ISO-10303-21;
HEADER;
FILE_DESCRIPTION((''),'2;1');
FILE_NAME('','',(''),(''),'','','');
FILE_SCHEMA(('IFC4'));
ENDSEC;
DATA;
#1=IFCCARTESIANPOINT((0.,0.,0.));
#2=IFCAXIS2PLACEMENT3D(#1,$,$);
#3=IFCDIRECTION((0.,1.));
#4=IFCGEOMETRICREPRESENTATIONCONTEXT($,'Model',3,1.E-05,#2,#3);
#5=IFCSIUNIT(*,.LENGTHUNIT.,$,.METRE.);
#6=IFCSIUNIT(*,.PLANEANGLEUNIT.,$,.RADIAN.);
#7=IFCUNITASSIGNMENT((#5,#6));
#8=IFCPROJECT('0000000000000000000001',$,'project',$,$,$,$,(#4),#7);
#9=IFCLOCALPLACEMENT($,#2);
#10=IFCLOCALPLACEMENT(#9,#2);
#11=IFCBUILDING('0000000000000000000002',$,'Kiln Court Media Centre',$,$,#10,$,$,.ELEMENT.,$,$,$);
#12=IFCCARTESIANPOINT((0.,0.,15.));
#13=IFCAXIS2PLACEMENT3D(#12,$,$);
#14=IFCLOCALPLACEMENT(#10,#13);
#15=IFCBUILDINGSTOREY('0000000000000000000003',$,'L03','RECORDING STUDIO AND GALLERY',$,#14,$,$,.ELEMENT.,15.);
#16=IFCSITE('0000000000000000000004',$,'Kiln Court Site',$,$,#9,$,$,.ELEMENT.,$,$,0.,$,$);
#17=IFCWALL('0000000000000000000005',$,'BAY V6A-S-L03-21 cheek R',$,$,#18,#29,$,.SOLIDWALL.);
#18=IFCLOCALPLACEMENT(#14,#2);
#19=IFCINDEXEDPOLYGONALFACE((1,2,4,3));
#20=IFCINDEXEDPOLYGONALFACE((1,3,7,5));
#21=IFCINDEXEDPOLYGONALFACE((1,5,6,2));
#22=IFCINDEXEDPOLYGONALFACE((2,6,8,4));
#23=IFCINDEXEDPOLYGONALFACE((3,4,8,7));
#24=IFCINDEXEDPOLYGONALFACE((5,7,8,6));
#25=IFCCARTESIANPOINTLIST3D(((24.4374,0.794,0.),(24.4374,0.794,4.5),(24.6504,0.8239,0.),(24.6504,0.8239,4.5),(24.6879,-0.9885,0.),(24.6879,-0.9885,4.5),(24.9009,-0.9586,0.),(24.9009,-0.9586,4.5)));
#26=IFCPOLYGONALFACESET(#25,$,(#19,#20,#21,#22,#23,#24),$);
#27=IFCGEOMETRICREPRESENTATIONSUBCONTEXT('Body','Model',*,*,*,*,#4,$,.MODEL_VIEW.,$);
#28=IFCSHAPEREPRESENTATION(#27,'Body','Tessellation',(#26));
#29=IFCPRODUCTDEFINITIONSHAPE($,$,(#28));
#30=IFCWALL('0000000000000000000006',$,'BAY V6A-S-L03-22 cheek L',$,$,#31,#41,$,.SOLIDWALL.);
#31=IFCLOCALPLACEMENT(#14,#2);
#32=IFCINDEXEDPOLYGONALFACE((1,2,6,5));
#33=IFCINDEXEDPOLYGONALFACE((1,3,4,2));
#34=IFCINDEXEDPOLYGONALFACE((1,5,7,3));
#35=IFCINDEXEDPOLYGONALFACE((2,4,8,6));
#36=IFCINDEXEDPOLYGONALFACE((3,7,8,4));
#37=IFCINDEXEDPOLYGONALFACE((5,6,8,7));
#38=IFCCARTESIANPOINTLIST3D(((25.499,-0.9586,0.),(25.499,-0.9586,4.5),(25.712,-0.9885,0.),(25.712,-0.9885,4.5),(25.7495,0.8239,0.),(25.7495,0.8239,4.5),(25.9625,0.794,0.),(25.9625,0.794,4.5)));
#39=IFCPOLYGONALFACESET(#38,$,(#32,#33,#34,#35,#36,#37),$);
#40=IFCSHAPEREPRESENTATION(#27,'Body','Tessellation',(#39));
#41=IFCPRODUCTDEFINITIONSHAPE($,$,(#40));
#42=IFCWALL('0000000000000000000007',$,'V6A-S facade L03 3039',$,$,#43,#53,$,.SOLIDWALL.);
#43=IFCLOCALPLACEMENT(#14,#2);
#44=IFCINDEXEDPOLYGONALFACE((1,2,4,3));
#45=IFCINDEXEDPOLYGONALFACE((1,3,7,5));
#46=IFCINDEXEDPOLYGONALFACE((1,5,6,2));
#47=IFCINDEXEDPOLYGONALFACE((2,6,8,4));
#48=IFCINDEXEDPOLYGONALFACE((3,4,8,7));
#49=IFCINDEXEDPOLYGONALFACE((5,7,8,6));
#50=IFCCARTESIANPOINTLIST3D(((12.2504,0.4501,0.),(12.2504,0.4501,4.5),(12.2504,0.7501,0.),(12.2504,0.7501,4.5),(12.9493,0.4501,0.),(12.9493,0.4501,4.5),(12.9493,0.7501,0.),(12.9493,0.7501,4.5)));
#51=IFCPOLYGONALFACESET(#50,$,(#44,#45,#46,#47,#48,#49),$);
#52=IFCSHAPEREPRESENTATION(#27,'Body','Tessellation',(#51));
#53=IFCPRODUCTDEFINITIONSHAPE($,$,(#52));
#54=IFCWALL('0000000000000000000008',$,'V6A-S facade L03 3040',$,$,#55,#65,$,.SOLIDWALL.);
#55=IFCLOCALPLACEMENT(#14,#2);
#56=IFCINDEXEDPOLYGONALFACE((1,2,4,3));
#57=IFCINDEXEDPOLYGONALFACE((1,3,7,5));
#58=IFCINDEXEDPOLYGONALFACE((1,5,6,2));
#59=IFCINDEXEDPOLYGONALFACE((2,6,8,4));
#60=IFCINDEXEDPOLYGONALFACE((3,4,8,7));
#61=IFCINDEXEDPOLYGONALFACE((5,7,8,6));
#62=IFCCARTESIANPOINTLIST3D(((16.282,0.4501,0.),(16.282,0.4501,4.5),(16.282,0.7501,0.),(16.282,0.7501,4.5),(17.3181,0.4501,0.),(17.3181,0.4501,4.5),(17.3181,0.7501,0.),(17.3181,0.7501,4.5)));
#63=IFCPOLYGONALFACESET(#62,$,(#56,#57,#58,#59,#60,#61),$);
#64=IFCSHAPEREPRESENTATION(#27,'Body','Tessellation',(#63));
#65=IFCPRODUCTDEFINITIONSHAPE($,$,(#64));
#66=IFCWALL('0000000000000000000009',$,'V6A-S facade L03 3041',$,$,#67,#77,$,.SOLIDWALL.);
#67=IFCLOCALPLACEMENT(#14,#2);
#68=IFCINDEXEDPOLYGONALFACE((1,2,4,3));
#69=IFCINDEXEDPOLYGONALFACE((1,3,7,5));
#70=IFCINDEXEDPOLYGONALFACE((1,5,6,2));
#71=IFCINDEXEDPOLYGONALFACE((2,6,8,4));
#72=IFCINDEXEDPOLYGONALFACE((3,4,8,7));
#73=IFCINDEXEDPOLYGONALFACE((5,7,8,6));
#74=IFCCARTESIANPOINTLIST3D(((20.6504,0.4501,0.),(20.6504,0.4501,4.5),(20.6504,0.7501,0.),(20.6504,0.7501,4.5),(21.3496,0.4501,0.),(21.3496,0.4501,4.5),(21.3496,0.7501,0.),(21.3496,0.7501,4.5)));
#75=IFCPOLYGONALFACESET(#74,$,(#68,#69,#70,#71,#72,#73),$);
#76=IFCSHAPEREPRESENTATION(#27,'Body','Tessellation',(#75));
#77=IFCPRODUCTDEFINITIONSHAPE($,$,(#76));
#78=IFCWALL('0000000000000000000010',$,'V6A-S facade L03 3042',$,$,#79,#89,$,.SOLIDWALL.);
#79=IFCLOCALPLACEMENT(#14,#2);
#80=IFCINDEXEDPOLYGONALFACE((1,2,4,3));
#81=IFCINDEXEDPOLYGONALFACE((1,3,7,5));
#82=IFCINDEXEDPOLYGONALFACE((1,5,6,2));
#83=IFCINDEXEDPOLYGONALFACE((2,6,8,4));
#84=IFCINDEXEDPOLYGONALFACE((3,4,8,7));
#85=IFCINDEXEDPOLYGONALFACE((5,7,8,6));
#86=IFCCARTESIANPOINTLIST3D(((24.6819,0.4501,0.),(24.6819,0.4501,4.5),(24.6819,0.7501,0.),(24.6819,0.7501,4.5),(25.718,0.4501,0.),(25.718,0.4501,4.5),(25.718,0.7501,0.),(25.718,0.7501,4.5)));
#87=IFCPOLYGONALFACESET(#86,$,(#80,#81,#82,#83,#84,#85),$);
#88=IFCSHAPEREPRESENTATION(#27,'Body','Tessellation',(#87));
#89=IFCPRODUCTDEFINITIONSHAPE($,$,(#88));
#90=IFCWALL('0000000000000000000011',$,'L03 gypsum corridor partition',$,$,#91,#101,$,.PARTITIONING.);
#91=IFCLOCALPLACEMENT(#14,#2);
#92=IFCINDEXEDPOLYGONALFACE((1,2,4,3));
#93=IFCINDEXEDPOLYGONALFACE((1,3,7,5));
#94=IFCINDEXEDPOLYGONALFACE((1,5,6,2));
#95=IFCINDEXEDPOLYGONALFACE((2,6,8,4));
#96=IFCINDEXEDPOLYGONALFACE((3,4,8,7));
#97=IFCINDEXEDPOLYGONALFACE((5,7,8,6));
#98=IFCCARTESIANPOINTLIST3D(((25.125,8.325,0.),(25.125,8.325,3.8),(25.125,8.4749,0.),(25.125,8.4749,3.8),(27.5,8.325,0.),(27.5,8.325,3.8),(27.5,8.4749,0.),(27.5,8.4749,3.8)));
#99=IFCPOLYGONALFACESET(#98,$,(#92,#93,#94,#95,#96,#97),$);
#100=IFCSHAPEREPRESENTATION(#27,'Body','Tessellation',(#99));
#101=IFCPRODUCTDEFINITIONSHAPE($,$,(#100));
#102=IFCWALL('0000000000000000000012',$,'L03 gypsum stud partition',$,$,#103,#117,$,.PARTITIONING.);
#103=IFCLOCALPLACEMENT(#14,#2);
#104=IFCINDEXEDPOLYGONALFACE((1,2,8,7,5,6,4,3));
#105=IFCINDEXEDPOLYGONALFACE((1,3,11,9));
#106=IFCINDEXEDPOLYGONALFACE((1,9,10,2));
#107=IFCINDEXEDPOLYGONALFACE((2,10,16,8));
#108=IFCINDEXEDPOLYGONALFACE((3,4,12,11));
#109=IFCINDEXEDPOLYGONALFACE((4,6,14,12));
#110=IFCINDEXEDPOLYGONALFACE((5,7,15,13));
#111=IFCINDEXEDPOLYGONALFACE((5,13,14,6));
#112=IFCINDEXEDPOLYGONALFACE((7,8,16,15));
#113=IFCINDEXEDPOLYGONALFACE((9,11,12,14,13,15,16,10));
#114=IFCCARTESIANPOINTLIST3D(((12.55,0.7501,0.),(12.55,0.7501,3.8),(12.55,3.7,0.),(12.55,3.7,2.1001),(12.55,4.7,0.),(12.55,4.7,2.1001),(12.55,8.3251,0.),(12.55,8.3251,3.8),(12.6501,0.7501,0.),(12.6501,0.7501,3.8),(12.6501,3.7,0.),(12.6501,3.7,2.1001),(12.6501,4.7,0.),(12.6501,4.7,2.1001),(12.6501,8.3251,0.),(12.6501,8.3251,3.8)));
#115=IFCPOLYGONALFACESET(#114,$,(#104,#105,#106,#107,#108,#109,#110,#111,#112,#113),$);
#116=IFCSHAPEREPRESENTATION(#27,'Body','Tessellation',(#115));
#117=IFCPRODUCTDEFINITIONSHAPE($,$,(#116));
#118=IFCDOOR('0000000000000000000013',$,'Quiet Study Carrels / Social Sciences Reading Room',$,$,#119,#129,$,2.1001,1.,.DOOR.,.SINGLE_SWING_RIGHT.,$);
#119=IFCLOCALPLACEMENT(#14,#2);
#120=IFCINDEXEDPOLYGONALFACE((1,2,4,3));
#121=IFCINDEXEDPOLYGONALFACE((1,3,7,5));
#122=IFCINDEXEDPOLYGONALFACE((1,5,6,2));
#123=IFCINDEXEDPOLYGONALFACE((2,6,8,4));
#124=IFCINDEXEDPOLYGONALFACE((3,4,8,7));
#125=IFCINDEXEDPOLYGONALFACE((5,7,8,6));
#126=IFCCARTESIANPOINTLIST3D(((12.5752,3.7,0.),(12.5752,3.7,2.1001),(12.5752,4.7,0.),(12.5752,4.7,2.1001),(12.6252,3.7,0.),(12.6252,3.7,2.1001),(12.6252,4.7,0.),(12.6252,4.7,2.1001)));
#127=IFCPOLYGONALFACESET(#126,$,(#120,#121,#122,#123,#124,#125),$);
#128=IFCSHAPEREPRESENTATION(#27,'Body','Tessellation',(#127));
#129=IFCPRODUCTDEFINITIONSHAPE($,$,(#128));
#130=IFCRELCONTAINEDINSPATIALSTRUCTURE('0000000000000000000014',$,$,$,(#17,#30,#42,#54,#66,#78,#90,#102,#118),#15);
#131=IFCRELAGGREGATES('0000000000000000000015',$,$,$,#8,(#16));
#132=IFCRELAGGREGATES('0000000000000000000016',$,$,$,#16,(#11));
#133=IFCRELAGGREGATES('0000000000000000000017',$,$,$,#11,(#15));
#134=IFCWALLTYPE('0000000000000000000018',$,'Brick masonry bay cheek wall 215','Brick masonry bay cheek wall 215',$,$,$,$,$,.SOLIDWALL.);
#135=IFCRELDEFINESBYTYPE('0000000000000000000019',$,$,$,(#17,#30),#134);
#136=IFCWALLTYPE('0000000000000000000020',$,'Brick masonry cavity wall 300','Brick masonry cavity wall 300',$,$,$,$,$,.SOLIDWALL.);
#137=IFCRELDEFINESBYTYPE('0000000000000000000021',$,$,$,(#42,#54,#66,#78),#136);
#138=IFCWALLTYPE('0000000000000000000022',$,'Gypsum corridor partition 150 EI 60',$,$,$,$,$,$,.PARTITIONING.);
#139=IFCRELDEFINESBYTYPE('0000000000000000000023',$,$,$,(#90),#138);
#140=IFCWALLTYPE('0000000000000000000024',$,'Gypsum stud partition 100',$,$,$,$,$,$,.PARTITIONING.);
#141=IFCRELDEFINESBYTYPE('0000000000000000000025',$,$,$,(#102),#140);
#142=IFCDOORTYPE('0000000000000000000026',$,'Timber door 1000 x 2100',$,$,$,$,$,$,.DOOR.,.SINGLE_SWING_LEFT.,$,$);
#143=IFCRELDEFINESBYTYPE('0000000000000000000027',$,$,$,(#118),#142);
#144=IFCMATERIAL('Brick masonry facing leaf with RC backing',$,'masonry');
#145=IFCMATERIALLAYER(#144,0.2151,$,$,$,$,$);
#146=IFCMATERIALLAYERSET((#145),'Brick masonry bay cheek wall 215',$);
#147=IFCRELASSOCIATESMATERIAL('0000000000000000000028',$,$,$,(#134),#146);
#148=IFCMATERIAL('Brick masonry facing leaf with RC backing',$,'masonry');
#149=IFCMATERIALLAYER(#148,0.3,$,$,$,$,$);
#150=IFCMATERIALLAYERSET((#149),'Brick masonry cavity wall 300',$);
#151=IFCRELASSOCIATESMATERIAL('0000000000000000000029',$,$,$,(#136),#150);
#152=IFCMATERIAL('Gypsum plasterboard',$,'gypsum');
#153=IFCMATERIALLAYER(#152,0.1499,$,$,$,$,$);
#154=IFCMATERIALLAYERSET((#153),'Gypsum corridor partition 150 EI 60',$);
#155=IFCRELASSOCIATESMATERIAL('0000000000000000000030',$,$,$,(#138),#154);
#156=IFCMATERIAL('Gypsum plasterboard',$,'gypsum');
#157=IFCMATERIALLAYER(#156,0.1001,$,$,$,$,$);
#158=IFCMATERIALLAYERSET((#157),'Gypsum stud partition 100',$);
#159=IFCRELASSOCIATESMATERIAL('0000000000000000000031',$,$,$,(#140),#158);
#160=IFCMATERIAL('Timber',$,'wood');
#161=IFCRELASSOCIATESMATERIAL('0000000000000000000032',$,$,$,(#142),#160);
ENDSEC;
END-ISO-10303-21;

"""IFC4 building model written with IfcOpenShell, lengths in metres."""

from ifc_helpers import new_model, si_unit, direction, frame, frame_2d, origin, place, context, subcontext, project, spatial, rectangle, extrude, material, layer, layer_set, type_object, element, fill, save


model = new_model("IFC4")

# Units and contexts
model_context = context("Model", 3, precision=1e-05, world=origin(), true_north=direction((0.0, 1.0)))
body_context = subcontext(model_context, "Body", "Model", "MODEL_VIEW")
ifc_project = project(units=[si_unit("LENGTHUNIT", "METRE"), si_unit("PLANEANGLEUNIT", "RADIAN")], contexts=[model_context])

# Site, building, storey
site_placement = place(None, origin())
site = spatial("IfcSite", under=ifc_project, at=site_placement, Name="Kiln Court Site", CompositionType="ELEMENT", RefElevation=0.0)
building_placement = place(site_placement, origin())
building = spatial("IfcBuilding", under=site, at=building_placement, Name="Kiln Court Media Centre", CompositionType="ELEMENT")
storey_placement = place(building_placement, frame((0.0, 0.0, 15.0)))
storey = spatial("IfcBuildingStorey", under=building, at=storey_placement, Name="L03", Description="RECORDING STUDIO AND GALLERY", CompositionType="ELEMENT", Elevation=15.0)

# Walls
ifc_material_1 = material(Name="Brick masonry facing leaf with RC backing", Category="masonry")
ifc_layer_1 = layer(ifc_material_1, 0.2151)
ifc_layer_set_1 = layer_set([ifc_layer_1], Name="Brick masonry bay cheek wall 215")
wall_type_1 = type_object("IfcWallType", Name="Brick masonry bay cheek wall 215", Description="Brick masonry bay cheek wall 215", PredefinedType="SOLIDWALL", material=ifc_layer_set_1)
for number, where, z_axis, x_axis, name in (
    (1, (24.5439, 0.8088, 0.0), (0.0, 0.0, 1.0), (0.139161, -0.99027, 0.0), "BAY V6A-S-L03-21 cheek R"),
    (2, (25.856, 0.8088, 0.0), (0.0, 0.0, 1.0), (-0.139161, -0.99027, 0.0), "BAY V6A-S-L03-22 cheek L"),
):
    element("IfcWall", number, at=place(storey_placement, frame(where, z_axis=z_axis, x_axis=x_axis)), inside=storey, type_object=wall_type_1, Name=name, PredefinedType="SOLIDWALL", context=body_context, shape_type="SweptSolid", body=[
        extrude(rectangle(XDim=1.8, YDim=0.2151, at=frame_2d((0.8999, 0.0))), origin(), (0.0, 0.0, 1.0), 4.5),
    ])
ifc_material_2 = material(Name="Brick masonry facing leaf with RC backing", Category="masonry")
ifc_layer_2 = layer(ifc_material_2, 0.3)
ifc_layer_set_2 = layer_set([ifc_layer_2], Name="Brick masonry cavity wall 300")
wall_type_2 = type_object("IfcWallType", Name="Brick masonry cavity wall 300", Description="Brick masonry cavity wall 300", PredefinedType="SOLIDWALL", material=ifc_layer_set_2)
wall_1_placement = place(storey_placement, frame((12.9495, 0.6001, 0.0), z_axis=(0.0, 0.0, 1.0), x_axis=(-1.0, 0.0, 0.0)))
element("IfcWall", 3, at=wall_1_placement, inside=storey, type_object=wall_type_2, Name="V6A-S facade L03 3039", PredefinedType="SOLIDWALL", context=body_context, shape_type="SweptSolid", body=[
    extrude(rectangle(XDim=0.699, YDim=0.3, at=frame_2d((0.3496, 0.0))), origin(), (0.0, 0.0, 1.0), 4.5),
])
wall_2_placement = place(storey_placement, frame((17.3181, 0.6001, 0.0), z_axis=(0.0, 0.0, 1.0), x_axis=(-1.0, 0.0, 0.0)))
element("IfcWall", 4, at=wall_2_placement, inside=storey, type_object=wall_type_2, Name="V6A-S facade L03 3040", PredefinedType="SOLIDWALL", context=body_context, shape_type="SweptSolid", body=[
    extrude(rectangle(XDim=1.0361, YDim=0.3, at=frame_2d((0.5181, 0.0))), origin(), (0.0, 0.0, 1.0), 4.5),
])
wall_3_placement = place(storey_placement, frame((21.3496, 0.6001, 0.0), z_axis=(0.0, 0.0, 1.0), x_axis=(-1.0, 0.0, 0.0)))
element("IfcWall", 5, at=wall_3_placement, inside=storey, type_object=wall_type_2, Name="V6A-S facade L03 3041", PredefinedType="SOLIDWALL", context=body_context, shape_type="SweptSolid", body=[
    extrude(rectangle(XDim=0.6992, YDim=0.3, at=frame_2d((0.3496, 0.0))), origin(), (0.0, 0.0, 1.0), 4.5),
])
wall_4_placement = place(storey_placement, frame((25.718, 0.6001, 0.0), z_axis=(0.0, 0.0, 1.0), x_axis=(-1.0, 0.0, 0.0)))
element("IfcWall", 6, at=wall_4_placement, inside=storey, type_object=wall_type_2, Name="V6A-S facade L03 3042", PredefinedType="SOLIDWALL", context=body_context, shape_type="SweptSolid", body=[
    extrude(rectangle(XDim=1.0361, YDim=0.3, at=frame_2d((0.5181, 0.0))), origin(), (0.0, 0.0, 1.0), 4.5),
])
ifc_material_3 = material(Name="Gypsum plasterboard", Category="gypsum")
ifc_layer_3 = layer(ifc_material_3, 0.1499)
ifc_layer_set_3 = layer_set([ifc_layer_3], Name="Gypsum corridor partition 150 EI 60")
wall_type_3 = type_object("IfcWallType", Name="Gypsum corridor partition 150 EI 60", PredefinedType="PARTITIONING", material=ifc_layer_set_3)
wall_5_placement = place(storey_placement, frame((25.125, 8.3999, 0.0), z_axis=(0.0, 0.0, 1.0), x_axis=(1.0, 0.0, 0.0)))
element("IfcWall", 7, at=wall_5_placement, inside=storey, type_object=wall_type_3, Name="L03 gypsum corridor partition", PredefinedType="PARTITIONING", context=body_context, shape_type="SweptSolid", body=[
    extrude(rectangle(XDim=2.375, YDim=0.1499, at=frame_2d((1.1875, 0.0))), origin(), (0.0, 0.0, 1.0), 3.8),
])

# Wall, opening, door
ifc_material_4 = material(Name="Gypsum plasterboard", Category="gypsum")
ifc_layer_4 = layer(ifc_material_4, 0.1001)
ifc_layer_set_4 = layer_set([ifc_layer_4], Name="Gypsum stud partition 100")
wall_type_4 = type_object("IfcWallType", Name="Gypsum stud partition 100", PredefinedType="PARTITIONING", material=ifc_layer_set_4)
wall_6_placement = place(storey_placement, frame((12.6001, 0.75, 0.0), z_axis=(0.0, 0.0, 1.0), x_axis=(0.0, 1.0, 0.0)))
wall_6 = element("IfcWall", 8, at=wall_6_placement, inside=storey, type_object=wall_type_4, Name="L03 gypsum stud partition", PredefinedType="PARTITIONING", context=body_context, shape_type="SweptSolid", body=[
    extrude(rectangle(XDim=7.575, YDim=0.1001, at=frame_2d((3.7876, 0.0))), origin(), (0.0, 0.0, 1.0), 3.8),
])
opening_1_placement = place(wall_6_placement, frame((2.95, 0.0, 0.0)))
opening_1 = element("IfcOpeningElement", 9, at=opening_1_placement, cuts=wall_6, PredefinedType="OPENING", context=body_context, shape_type="SweptSolid", body=[
    extrude(rectangle(XDim=1.0, YDim=2.1001, at=frame_2d((0.5, 1.05))), frame((0.0, 0.0601, 0.0), z_axis=(0.0, -1.0, 0.0), x_axis=(1.0, 0.0, 0.0)), (0.0, 0.0, 1.0), 0.1201),
])
ifc_material_5 = material(Name="Timber", Category="wood")
door_type_1 = type_object("IfcDoorType", Name="Timber door 1000 x 2100", OperationType="SINGLE_SWING_LEFT", PredefinedType="DOOR", material=ifc_material_5)
door_1_placement = place(opening_1_placement, origin())
door_1 = element("IfcDoor", 10, at=door_1_placement, inside=storey, type_object=door_type_1, Name="Quiet Study Carrels / Social Sciences Reading Room", OperationType="SINGLE_SWING_RIGHT", OverallHeight=2.1001, OverallWidth=1.0, PredefinedType="DOOR", context=body_context, shape_type="SweptSolid", body=[
    extrude(rectangle(XDim=1.0, YDim=2.1001, at=frame_2d((0.5, 1.05))), frame((0.0, 0.0249, 0.0), z_axis=(0.0, -1.0, 0.0), x_axis=(1.0, 0.0, 0.0)), (0.0, 0.0, 1.0), 0.05),
])
fill(opening_1, door_1)

save(model, "model.ifc")
